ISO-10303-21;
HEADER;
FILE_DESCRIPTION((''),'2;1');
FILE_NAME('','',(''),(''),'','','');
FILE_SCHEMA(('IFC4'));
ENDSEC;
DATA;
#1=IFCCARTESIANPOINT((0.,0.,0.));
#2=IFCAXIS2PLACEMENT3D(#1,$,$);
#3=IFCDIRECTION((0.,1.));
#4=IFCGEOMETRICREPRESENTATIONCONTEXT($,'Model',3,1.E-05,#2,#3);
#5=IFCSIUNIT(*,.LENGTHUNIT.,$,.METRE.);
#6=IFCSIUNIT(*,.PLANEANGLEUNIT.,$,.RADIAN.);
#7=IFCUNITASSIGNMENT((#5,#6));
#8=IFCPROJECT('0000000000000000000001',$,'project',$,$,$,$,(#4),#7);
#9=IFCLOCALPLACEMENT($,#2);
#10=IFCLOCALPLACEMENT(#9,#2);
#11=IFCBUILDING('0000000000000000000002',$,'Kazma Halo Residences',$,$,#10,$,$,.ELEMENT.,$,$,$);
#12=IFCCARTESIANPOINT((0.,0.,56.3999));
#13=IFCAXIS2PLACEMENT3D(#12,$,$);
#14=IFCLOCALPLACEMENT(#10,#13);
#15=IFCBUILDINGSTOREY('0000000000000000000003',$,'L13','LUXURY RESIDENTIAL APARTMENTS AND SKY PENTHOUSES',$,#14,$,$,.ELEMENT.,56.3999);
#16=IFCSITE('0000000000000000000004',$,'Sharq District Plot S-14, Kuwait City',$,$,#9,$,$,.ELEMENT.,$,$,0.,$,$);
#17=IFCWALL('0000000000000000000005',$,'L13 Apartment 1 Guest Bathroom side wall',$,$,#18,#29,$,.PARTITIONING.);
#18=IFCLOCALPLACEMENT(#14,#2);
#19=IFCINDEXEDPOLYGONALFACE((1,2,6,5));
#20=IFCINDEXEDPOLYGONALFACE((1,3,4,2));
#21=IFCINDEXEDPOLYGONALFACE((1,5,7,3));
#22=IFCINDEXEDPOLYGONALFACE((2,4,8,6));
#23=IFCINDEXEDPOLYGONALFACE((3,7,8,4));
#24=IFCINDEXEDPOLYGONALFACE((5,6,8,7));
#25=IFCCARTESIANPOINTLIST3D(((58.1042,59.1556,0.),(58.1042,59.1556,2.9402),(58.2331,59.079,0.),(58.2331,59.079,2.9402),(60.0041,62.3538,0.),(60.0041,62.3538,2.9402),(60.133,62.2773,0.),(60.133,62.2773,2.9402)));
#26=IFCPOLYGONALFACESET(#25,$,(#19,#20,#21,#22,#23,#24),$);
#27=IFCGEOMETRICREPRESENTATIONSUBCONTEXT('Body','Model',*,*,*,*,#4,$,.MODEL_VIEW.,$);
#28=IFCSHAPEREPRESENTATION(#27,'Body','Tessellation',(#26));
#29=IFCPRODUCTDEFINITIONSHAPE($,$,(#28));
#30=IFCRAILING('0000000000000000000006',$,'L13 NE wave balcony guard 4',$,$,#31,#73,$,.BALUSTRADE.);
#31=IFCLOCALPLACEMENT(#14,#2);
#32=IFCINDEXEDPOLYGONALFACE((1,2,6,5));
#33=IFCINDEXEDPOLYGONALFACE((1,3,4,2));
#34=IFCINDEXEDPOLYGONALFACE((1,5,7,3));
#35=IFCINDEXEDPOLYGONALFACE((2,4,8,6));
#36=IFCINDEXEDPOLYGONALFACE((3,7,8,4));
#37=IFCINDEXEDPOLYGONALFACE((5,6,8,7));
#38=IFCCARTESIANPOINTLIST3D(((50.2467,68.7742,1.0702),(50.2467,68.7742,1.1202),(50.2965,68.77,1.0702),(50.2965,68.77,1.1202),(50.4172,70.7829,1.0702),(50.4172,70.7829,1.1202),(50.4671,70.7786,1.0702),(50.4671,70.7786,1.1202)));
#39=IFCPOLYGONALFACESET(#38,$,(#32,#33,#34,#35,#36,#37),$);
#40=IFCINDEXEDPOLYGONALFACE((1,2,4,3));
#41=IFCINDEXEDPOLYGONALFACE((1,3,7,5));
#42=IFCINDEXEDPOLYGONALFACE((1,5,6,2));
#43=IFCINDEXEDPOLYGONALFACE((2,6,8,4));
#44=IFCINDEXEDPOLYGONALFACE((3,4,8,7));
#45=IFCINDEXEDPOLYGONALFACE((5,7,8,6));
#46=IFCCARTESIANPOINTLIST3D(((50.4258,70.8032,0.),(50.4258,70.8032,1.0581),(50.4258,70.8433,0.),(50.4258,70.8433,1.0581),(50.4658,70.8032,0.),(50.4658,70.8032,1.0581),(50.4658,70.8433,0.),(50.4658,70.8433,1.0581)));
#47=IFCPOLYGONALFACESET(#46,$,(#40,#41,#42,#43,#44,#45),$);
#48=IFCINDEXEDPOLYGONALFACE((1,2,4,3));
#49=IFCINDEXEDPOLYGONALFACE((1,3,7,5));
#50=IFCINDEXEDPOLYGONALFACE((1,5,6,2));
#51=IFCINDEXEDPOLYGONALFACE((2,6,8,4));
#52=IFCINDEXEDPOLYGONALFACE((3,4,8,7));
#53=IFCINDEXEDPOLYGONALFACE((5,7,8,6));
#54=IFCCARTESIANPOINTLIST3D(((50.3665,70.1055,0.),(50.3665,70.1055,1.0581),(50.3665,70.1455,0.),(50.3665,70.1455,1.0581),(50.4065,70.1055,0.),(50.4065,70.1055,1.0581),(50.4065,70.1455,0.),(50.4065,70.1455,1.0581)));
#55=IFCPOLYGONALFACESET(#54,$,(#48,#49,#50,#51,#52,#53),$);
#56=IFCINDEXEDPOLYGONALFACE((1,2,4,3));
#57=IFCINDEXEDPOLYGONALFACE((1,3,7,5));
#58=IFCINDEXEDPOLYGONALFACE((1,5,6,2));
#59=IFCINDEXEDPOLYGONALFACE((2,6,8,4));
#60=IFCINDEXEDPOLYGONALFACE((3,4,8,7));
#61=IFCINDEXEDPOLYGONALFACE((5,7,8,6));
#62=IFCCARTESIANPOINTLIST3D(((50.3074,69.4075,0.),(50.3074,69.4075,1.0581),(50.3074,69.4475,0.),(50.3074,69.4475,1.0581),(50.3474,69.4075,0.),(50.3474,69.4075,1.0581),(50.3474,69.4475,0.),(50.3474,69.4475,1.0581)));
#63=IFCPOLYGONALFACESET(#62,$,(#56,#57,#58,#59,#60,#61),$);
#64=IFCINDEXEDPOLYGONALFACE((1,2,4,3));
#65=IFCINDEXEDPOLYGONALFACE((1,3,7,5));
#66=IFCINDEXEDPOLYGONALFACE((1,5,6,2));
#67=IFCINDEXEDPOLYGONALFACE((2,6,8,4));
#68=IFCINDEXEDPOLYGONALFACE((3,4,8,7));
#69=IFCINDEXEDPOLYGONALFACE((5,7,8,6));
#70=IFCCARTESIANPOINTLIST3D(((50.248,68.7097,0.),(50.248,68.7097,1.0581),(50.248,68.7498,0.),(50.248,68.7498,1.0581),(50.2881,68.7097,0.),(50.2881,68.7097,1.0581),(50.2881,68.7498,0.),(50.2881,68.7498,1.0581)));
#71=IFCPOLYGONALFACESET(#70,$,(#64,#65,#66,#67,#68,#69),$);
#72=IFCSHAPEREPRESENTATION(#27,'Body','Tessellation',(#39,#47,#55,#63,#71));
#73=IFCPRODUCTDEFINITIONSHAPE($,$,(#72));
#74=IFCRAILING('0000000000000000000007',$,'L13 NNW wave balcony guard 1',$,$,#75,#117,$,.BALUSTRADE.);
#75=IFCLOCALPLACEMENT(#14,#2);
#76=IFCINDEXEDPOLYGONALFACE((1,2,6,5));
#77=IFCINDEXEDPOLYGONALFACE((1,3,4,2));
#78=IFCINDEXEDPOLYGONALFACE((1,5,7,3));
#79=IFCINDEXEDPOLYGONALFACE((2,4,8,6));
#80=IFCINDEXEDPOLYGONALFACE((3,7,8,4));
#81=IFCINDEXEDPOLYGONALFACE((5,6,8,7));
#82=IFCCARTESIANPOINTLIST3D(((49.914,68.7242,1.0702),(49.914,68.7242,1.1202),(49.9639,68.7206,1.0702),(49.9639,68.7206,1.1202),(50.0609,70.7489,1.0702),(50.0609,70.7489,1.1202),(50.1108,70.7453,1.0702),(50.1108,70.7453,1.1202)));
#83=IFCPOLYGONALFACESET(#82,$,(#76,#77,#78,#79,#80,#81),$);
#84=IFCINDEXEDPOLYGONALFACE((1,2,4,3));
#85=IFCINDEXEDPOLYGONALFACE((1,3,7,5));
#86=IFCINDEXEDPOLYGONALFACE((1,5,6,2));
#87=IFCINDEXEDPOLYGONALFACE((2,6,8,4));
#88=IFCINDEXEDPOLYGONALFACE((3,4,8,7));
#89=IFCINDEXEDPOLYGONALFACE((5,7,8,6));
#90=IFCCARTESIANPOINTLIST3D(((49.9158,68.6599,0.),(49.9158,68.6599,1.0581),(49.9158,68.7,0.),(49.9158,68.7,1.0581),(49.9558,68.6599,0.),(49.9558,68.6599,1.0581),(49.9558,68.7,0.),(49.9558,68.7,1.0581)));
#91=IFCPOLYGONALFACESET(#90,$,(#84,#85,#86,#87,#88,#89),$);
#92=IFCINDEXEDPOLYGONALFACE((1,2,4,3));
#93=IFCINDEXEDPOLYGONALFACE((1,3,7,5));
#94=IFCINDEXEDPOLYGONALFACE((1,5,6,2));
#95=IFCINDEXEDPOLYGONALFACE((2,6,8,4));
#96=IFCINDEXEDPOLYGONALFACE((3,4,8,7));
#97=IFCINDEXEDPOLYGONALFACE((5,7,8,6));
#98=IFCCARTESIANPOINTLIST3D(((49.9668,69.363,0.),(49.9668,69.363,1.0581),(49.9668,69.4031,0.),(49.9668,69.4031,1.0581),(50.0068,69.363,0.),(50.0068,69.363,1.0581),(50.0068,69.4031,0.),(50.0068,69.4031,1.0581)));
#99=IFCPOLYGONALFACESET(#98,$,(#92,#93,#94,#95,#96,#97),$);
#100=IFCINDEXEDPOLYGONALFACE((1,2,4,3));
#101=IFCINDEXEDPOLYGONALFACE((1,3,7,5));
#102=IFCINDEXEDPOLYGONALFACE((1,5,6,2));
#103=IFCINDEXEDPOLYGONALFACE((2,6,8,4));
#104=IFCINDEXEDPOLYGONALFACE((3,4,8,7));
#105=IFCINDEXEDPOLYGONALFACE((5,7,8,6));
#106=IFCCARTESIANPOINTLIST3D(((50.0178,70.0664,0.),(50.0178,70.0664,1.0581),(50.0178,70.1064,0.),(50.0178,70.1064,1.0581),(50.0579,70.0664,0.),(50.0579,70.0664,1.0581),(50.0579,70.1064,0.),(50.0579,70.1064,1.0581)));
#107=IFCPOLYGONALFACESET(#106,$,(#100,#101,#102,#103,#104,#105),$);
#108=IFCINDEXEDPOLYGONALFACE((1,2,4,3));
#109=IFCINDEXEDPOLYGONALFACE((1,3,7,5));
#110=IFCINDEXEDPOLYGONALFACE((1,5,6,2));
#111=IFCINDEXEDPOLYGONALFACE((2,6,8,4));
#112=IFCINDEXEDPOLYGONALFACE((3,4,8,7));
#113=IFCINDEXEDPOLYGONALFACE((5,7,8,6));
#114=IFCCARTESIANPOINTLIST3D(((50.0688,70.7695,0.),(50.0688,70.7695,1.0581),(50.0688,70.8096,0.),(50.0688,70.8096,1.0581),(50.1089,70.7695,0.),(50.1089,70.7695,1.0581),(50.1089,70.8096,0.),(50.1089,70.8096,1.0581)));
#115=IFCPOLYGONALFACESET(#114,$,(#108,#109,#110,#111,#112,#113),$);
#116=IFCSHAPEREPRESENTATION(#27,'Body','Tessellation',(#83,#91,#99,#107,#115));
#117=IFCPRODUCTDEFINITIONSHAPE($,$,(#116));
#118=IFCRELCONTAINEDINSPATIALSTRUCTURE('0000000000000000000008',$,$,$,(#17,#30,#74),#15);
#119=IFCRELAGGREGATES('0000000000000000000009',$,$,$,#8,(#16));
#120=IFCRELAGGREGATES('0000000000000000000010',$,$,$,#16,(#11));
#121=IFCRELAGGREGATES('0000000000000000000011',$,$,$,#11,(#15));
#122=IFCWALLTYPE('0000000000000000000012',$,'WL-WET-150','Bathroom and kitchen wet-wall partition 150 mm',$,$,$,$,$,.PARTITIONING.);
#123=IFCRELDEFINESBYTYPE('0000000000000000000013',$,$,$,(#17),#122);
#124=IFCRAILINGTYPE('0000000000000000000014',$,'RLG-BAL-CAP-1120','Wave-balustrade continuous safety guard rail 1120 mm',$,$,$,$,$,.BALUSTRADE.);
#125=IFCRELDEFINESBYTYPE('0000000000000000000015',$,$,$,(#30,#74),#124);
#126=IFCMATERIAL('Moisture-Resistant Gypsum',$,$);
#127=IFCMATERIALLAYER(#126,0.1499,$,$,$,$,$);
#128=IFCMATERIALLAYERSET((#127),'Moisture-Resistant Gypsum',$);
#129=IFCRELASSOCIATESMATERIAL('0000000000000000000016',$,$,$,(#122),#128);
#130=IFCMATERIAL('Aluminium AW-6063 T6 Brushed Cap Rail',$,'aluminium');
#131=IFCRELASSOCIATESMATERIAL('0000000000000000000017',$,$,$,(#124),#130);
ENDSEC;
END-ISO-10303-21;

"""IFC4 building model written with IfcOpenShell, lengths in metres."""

from ifc_helpers import new_model, si_unit, direction, frame, frame_2d, origin, origin_2d, place, context, subcontext, project, spatial, rectangle, extrude, material, layer, layer_set, type_object, element, save


model = new_model("IFC4")

# Units and contexts
model_context = context("Model", 3, precision=1e-05, world=origin(), true_north=direction((0.0, 1.0)))
body_context = subcontext(model_context, "Body", "Model", "MODEL_VIEW")
ifc_project = project(units=[si_unit("LENGTHUNIT", "METRE"), si_unit("PLANEANGLEUNIT", "RADIAN")], contexts=[model_context])

# Site, building, storey
site_placement = place(None, origin())
site = spatial("IfcSite", under=ifc_project, at=site_placement, Name="Sharq District Plot S-14, Kuwait City", CompositionType="ELEMENT", RefElevation=0.0)
building_placement = place(site_placement, origin())
building = spatial("IfcBuilding", under=site, at=building_placement, Name="Kazma Halo Residences", CompositionType="ELEMENT")
storey_placement = place(building_placement, frame((0.0, 0.0, 56.3999)))
storey = spatial("IfcBuildingStorey", under=building, at=storey_placement, Name="L13", Description="LUXURY RESIDENTIAL APARTMENTS AND SKY PENTHOUSES", CompositionType="ELEMENT", Elevation=56.3999)

# Wall
ifc_material_1 = material(Name="Moisture-Resistant Gypsum")
ifc_layer_1 = layer(ifc_material_1, 0.1499)
ifc_layer_set_1 = layer_set([ifc_layer_1], Name="Moisture-Resistant Gypsum")
wall_type_1 = type_object("IfcWallType", Name="WL-WET-150", Description="Bathroom and kitchen wet-wall partition 150 mm", PredefinedType="PARTITIONING", material=ifc_layer_set_1)
wall_1_placement = place(storey_placement, frame((58.1687, 59.1174, 0.0), z_axis=(0.0, 0.0, 1.0), x_axis=(0.510727, 0.859743, 0.0)))
element("IfcWall", 1, at=wall_1_placement, inside=storey, type_object=wall_type_1, Name="L13 Apartment 1 Guest Bathroom side wall", PredefinedType="PARTITIONING", context=body_context, shape_type="SweptSolid", body=[
    extrude(rectangle(XDim=3.72, YDim=0.1499, at=frame_2d((1.8599, 0.0))), origin(), (0.0, 0.0, 1.0), 2.9402),
])

# Railings
ifc_material_2 = material(Name="Aluminium AW-6063 T6 Brushed Cap Rail", Category="aluminium")
railing_type = type_object("IfcRailingType", Name="RLG-BAL-CAP-1120", Description="Wave-balustrade continuous safety guard rail 1120 mm", PredefinedType="BALUSTRADE", material=ifc_material_2)
railing_1_placement = place(storey_placement, frame((50.4458, 70.8232, 0.0)))
element("IfcRailing", 2, at=railing_1_placement, inside=storey, type_object=railing_type, Name="L13 NE wave balcony guard 4", PredefinedType="BALUSTRADE", context=body_context, shape_type="SweptSolid", body=[
    extrude(rectangle(XDim=0.05, YDim=0.05, at=origin_2d()), frame((-0.0037, -0.0425, 1.0952), z_axis=(-0.084594, -0.996416, 0.0), x_axis=(0.996416, -0.084594, 0.0)), (0.0, 0.0, 1.0), 2.0159),
    extrude(rectangle(XDim=0.04, YDim=0.04, at=origin_2d()), origin(), (0.0, 0.0, 1.0), 1.0581),
    extrude(rectangle(XDim=0.04, YDim=0.04, at=origin_2d()), frame((-0.0593, -0.6978, 0.0)), (0.0, 0.0, 1.0), 1.0581),
    extrude(rectangle(XDim=0.04, YDim=0.04, at=origin_2d()), frame((-0.1184, -1.3958, 0.0)), (0.0, 0.0, 1.0), 1.0581),
    extrude(rectangle(XDim=0.04, YDim=0.04, at=origin_2d()), frame((-0.1777, -2.0935, 0.0)), (0.0, 0.0, 1.0), 1.0581),
])
railing_2_placement = place(storey_placement, frame((49.9358, 68.6799, 0.0)))
element("IfcRailing", 3, at=railing_2_placement, inside=storey, type_object=railing_type, Name="L13 NNW wave balcony guard 1", PredefinedType="BALUSTRADE", context=body_context, shape_type="SweptSolid", body=[
    extrude(rectangle(XDim=0.05, YDim=0.05, at=origin_2d()), frame((0.0032, 0.0425, 1.0952), z_axis=(0.072371, 0.997378, 0.0), x_axis=(-0.997378, 0.072371, 0.0)), (0.0, 0.0, 1.0), 2.03),
    extrude(rectangle(XDim=0.04, YDim=0.04, at=origin_2d()), origin(), (0.0, 0.0, 1.0), 1.0581),
    extrude(rectangle(XDim=0.04, YDim=0.04, at=origin_2d()), frame((0.051, 0.7031, 0.0)), (0.0, 0.0, 1.0), 1.0581),
    extrude(rectangle(XDim=0.04, YDim=0.04, at=origin_2d()), frame((0.1021, 1.4065, 0.0)), (0.0, 0.0, 1.0), 1.0581),
    extrude(rectangle(XDim=0.04, YDim=0.04, at=origin_2d()), frame((0.1531, 2.1096, 0.0)), (0.0, 0.0, 1.0), 1.0581),
])

save(model, "model.ifc")
